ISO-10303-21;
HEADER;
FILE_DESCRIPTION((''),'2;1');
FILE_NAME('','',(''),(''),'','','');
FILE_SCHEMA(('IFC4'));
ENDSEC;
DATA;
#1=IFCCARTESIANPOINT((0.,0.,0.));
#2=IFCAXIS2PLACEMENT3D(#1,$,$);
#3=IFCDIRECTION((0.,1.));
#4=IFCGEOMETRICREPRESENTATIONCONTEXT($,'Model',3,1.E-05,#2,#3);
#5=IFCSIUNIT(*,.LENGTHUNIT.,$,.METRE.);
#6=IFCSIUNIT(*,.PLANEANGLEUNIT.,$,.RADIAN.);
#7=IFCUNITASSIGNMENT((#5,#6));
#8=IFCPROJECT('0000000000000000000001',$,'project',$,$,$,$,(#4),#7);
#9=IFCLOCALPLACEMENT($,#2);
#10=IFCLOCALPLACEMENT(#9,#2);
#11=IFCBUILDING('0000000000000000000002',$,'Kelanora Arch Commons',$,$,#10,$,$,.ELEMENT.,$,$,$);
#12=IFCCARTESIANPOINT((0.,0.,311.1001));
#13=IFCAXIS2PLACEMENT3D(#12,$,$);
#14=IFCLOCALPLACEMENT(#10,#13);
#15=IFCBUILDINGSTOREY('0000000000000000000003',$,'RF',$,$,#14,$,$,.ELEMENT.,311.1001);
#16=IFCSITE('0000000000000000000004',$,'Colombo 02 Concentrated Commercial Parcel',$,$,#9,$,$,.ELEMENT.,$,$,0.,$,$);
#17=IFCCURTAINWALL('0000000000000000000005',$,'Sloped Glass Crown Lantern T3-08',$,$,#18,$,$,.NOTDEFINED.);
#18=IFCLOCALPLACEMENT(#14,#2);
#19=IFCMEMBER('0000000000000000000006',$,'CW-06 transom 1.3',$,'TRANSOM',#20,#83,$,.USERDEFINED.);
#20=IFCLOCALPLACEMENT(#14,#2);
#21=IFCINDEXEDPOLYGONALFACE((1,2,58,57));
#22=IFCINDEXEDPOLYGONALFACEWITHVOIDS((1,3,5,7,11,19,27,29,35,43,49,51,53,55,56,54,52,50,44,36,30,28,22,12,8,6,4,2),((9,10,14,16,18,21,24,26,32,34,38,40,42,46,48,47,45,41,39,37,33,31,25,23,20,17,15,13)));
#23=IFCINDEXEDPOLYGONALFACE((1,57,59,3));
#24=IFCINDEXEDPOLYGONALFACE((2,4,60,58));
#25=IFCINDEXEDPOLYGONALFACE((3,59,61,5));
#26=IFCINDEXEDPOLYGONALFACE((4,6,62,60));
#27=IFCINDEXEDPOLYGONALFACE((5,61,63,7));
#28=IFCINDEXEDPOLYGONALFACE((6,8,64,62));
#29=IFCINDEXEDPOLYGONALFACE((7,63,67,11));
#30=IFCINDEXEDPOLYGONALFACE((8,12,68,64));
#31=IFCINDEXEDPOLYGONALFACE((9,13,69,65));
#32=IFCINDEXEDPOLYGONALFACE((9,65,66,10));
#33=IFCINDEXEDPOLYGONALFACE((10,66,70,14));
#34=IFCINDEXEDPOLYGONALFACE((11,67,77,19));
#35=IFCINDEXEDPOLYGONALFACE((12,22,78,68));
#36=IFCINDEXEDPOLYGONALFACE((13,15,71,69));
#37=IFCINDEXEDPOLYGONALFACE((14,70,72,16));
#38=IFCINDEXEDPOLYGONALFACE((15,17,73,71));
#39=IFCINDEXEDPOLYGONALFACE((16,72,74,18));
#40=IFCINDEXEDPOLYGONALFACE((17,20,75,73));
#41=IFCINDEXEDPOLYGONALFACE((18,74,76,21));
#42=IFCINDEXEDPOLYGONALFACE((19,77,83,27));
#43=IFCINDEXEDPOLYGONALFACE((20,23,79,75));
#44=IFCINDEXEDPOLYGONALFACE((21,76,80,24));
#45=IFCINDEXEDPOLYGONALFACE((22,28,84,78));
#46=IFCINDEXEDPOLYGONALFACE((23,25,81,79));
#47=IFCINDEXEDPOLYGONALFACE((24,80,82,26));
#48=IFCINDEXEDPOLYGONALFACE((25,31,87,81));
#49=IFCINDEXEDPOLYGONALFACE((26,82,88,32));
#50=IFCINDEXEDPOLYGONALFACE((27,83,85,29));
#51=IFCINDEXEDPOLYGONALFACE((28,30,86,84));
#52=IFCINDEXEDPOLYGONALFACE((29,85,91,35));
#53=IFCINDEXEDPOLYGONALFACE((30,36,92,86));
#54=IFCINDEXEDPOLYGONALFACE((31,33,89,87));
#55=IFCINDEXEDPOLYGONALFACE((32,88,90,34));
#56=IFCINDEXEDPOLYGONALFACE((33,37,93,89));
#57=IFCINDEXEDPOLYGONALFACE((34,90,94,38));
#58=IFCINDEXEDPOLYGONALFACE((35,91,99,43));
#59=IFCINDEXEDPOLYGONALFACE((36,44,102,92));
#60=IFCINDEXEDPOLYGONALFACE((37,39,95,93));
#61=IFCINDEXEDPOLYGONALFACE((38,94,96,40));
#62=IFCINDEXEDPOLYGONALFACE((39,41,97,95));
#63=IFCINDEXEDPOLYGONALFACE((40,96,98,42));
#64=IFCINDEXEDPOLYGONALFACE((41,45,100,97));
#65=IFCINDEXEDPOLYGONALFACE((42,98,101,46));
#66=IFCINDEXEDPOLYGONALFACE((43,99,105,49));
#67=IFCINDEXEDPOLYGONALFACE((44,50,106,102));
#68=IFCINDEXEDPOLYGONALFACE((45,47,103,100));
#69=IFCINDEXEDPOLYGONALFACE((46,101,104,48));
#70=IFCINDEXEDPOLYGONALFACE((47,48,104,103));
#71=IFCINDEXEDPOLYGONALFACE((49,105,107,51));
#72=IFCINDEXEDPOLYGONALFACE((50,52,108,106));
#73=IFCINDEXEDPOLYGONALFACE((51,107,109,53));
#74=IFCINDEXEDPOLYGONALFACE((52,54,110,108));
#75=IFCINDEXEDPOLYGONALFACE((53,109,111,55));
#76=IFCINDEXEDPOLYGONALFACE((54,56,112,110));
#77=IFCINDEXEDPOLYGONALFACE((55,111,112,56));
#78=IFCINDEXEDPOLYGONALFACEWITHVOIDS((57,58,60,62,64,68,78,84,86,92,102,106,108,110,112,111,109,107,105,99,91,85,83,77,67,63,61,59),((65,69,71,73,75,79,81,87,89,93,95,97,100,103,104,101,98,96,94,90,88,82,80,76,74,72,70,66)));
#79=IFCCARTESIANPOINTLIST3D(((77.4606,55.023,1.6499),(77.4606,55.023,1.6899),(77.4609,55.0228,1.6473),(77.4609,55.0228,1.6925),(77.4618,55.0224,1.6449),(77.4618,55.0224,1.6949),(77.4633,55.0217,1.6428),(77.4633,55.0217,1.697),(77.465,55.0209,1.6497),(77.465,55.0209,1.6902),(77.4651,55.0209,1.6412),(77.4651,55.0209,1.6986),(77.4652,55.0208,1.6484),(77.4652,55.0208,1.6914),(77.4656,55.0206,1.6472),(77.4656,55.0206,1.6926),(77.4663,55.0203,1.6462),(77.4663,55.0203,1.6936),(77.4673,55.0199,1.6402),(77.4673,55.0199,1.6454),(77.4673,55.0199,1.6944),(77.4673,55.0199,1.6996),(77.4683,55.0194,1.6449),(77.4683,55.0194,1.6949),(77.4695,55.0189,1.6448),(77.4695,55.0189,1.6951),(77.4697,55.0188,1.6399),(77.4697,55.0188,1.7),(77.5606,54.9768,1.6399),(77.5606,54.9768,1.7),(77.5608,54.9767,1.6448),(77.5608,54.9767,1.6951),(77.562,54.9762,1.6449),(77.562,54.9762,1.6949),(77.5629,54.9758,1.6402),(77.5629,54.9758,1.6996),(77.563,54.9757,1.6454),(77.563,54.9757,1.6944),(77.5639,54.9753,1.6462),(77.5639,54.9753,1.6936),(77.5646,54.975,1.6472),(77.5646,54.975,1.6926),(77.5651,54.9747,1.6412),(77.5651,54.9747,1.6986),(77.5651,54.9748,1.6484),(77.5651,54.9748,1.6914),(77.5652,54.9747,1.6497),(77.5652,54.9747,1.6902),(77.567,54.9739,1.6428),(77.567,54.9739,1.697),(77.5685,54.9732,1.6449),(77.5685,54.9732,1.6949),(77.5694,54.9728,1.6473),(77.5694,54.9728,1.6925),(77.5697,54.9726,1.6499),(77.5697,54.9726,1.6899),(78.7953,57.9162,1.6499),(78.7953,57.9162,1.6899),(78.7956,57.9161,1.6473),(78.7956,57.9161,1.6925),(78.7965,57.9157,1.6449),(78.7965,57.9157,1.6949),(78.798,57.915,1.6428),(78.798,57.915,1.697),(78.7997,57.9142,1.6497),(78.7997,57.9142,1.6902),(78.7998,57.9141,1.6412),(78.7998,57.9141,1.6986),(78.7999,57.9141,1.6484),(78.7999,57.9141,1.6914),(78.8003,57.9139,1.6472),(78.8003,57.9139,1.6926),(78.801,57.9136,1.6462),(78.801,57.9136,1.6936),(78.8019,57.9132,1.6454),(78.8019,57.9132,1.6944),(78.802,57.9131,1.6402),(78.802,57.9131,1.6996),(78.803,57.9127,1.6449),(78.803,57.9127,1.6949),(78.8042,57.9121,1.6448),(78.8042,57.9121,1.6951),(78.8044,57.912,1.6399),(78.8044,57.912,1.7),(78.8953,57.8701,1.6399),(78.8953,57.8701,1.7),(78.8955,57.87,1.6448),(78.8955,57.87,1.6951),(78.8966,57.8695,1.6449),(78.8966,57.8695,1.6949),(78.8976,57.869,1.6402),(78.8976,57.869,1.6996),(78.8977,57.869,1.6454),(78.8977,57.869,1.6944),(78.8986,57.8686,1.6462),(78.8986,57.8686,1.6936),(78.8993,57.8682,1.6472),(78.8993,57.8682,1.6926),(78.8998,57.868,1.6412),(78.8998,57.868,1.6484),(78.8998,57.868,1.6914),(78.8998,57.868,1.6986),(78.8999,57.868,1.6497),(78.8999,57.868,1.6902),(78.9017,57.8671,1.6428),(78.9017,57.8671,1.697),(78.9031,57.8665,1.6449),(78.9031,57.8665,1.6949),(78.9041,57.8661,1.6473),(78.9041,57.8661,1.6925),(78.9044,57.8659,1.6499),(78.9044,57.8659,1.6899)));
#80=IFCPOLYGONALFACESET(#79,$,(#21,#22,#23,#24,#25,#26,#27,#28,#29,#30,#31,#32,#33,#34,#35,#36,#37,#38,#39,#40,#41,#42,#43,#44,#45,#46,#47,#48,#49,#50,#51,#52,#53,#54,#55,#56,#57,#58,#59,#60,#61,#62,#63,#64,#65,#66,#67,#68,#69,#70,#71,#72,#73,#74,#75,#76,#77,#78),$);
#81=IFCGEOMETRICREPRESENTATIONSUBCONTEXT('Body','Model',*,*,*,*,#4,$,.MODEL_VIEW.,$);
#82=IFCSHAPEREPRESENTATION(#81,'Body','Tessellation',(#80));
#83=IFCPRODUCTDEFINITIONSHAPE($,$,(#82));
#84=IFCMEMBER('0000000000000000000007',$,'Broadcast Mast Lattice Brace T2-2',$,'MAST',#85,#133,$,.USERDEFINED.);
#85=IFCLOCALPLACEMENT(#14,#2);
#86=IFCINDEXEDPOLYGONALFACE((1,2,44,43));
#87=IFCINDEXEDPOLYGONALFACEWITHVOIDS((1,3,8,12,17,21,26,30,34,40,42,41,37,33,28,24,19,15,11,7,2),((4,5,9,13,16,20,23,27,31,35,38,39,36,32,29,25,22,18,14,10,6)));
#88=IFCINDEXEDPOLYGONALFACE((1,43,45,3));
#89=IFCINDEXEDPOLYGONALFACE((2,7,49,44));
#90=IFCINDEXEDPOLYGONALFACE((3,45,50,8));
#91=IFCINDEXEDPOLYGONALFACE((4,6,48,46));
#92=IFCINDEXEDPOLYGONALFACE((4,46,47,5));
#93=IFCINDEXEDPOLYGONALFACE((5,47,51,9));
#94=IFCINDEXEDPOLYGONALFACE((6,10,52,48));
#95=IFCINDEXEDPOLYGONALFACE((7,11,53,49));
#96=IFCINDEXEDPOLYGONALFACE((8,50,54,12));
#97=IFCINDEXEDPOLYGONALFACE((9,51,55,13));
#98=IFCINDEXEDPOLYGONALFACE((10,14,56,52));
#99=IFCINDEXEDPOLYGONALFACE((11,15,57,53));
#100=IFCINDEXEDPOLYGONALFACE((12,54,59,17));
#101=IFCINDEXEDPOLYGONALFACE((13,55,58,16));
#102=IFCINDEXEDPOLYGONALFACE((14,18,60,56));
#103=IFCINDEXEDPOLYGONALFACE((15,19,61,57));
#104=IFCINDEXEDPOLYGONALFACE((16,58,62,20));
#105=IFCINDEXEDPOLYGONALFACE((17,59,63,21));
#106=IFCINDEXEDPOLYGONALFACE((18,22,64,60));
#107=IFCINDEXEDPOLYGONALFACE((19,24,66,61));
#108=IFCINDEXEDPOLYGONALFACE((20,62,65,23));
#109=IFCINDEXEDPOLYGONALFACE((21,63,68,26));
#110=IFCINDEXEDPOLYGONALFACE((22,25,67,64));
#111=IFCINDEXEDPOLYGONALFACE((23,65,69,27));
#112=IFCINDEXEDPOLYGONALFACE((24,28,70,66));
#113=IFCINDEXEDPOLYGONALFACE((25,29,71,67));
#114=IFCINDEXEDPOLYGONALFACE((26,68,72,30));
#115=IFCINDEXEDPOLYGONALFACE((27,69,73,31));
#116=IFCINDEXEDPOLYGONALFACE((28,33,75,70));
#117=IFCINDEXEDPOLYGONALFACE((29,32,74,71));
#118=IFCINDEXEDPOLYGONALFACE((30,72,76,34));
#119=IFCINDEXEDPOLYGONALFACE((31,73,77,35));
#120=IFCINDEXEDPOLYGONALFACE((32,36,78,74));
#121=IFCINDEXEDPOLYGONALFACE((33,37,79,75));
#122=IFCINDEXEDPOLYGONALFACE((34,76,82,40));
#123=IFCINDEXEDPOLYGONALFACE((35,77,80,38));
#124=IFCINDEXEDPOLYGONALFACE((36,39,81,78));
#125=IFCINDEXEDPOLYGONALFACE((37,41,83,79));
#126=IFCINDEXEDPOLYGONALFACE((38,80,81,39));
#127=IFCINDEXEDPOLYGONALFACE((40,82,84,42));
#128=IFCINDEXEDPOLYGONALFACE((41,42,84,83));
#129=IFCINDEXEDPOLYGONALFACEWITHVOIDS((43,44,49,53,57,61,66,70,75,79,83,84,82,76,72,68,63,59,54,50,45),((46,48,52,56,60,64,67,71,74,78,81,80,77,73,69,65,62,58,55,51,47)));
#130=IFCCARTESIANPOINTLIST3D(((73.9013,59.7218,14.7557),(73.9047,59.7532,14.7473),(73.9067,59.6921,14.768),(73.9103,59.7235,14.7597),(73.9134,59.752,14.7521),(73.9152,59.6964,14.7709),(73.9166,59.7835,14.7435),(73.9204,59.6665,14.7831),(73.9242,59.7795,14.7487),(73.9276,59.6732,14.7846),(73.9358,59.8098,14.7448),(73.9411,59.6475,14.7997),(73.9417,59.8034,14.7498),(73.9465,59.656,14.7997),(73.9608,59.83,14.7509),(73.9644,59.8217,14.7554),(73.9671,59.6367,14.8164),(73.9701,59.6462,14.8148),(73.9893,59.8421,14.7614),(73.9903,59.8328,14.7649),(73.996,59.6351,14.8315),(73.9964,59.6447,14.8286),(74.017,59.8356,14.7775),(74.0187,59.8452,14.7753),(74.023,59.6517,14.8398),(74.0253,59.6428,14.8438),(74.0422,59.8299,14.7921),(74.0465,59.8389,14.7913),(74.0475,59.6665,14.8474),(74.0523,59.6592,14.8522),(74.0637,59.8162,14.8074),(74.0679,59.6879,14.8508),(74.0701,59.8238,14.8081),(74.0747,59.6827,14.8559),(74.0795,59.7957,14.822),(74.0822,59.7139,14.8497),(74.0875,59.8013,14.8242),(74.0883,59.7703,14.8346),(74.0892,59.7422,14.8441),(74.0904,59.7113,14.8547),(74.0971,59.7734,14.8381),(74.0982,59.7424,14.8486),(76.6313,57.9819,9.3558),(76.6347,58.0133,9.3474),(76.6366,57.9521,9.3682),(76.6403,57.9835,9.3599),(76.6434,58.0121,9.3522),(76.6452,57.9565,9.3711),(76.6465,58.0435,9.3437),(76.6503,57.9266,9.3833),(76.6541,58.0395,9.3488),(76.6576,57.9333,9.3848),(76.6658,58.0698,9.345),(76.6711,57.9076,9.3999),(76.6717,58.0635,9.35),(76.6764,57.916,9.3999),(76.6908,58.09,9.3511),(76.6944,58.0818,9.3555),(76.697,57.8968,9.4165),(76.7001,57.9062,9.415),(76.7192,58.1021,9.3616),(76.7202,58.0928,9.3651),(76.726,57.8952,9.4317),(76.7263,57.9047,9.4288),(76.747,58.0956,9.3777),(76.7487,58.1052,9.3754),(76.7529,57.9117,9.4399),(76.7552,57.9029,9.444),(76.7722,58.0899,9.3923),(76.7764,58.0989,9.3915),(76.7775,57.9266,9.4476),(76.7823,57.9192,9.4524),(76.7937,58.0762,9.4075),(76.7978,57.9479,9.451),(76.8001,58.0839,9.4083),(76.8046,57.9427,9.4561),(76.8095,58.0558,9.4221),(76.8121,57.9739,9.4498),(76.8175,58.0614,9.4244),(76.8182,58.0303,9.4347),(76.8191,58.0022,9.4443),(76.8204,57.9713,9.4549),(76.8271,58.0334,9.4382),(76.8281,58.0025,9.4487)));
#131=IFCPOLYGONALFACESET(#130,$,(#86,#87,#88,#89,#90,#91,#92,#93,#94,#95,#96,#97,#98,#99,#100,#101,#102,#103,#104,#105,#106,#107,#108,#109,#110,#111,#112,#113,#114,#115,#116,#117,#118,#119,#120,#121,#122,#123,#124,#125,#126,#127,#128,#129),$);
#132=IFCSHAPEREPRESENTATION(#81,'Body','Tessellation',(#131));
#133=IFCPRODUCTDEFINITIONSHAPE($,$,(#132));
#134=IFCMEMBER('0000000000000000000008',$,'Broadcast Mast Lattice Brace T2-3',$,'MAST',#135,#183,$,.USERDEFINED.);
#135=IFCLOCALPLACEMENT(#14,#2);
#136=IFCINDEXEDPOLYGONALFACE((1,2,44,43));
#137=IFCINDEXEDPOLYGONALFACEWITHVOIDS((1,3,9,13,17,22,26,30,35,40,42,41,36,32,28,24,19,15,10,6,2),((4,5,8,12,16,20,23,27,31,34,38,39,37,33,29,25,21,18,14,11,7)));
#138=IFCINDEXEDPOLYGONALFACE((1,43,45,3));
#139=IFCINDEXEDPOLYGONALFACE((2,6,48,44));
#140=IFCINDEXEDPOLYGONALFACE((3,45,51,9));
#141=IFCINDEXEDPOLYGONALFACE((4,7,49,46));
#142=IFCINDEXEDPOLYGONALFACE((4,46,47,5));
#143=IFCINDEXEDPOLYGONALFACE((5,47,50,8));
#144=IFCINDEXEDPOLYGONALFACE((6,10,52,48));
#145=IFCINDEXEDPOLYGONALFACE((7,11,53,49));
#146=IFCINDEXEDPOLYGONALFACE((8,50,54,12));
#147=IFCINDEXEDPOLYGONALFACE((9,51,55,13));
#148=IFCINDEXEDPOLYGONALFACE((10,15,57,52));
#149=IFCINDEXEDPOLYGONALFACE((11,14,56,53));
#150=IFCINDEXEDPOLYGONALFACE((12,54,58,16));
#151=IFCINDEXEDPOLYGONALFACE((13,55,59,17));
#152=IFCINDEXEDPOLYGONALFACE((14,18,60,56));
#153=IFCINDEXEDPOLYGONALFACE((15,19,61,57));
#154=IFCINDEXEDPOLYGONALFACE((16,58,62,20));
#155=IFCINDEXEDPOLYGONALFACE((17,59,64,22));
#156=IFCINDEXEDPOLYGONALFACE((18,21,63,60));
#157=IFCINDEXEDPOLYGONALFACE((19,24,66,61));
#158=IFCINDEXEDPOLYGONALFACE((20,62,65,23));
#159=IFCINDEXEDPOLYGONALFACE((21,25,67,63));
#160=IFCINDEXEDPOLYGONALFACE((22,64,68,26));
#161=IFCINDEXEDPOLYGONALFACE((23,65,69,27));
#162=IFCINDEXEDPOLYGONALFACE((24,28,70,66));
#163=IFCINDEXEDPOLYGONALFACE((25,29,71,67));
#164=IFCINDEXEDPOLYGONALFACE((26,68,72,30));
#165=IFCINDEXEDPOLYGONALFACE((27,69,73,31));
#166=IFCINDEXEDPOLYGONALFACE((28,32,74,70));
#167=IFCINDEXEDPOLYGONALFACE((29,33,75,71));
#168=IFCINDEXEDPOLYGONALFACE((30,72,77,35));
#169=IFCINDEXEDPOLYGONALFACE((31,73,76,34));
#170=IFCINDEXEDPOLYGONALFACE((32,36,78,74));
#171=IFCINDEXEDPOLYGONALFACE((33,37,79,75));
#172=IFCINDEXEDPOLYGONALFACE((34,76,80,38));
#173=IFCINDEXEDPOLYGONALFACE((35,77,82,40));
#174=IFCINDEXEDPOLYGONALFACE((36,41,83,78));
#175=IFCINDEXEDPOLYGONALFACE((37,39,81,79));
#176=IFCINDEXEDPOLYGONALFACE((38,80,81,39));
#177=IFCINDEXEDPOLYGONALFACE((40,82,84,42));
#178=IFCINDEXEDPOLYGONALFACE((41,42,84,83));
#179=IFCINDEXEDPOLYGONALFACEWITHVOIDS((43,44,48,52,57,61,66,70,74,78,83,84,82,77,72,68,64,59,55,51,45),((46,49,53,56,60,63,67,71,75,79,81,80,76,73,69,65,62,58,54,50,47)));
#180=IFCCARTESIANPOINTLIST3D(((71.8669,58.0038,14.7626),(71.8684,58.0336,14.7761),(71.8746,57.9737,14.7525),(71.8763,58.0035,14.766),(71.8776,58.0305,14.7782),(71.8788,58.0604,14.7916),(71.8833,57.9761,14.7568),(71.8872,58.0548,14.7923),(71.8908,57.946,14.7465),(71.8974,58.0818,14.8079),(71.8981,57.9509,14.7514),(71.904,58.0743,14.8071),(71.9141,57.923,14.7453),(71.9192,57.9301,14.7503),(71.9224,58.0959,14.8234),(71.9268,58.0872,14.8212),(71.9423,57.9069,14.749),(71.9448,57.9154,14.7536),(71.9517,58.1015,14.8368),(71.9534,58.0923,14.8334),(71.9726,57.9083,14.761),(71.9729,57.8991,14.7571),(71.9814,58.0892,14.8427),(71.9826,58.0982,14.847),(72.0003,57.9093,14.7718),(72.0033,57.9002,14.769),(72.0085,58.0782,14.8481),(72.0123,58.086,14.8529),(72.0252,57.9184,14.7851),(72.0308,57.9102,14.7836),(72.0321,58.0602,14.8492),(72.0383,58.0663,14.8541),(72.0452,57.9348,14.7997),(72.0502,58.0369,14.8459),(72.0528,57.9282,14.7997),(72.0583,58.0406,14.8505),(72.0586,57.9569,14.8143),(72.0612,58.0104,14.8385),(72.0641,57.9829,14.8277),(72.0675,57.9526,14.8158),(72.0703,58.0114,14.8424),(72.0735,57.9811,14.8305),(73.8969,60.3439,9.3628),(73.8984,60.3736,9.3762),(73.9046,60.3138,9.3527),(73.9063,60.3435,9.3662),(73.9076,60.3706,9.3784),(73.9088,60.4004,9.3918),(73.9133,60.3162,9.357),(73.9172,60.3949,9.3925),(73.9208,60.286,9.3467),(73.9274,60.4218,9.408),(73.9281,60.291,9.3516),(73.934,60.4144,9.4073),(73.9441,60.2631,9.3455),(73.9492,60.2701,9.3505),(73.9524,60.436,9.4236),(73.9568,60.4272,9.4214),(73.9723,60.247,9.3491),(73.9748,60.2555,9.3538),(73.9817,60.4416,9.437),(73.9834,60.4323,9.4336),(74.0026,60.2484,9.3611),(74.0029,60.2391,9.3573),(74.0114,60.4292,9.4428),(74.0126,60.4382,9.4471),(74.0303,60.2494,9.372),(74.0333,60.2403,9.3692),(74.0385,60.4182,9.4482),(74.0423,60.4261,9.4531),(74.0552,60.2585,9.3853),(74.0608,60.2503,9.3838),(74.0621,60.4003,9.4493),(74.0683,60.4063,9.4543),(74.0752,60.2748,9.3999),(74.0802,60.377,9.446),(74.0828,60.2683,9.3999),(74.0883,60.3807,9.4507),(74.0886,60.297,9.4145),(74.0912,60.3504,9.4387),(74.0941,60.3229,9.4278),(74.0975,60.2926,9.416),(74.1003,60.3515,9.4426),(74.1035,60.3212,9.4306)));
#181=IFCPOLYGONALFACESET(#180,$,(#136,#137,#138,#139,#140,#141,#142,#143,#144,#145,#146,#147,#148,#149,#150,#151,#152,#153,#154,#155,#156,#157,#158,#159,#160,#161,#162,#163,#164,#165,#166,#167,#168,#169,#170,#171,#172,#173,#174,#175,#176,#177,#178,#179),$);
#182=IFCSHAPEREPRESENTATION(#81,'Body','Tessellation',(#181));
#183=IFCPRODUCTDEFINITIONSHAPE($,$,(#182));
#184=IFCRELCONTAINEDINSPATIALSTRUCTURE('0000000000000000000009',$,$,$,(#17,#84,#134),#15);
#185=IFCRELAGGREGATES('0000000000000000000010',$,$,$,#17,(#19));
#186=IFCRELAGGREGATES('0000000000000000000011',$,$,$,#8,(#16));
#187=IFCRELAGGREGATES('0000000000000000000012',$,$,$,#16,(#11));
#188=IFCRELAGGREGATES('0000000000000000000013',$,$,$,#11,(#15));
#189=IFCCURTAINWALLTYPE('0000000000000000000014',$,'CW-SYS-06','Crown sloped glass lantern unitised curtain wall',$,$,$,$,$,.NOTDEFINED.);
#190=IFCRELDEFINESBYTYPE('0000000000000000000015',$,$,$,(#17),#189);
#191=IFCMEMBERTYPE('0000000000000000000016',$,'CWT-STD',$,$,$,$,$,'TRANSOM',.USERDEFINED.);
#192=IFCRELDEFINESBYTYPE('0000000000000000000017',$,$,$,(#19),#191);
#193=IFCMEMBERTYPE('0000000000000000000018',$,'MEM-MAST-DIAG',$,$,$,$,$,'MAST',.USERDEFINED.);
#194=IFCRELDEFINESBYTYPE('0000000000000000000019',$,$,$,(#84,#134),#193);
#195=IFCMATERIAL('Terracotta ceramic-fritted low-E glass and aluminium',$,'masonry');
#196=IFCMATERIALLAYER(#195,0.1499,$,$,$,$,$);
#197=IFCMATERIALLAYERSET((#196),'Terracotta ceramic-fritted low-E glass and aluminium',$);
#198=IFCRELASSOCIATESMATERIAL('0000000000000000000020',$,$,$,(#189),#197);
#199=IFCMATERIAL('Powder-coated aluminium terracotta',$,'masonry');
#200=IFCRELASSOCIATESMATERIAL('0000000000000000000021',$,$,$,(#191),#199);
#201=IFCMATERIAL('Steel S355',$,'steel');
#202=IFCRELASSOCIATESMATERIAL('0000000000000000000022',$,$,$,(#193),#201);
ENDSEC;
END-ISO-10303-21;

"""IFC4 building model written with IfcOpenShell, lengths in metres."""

from ifc_helpers import new_model, si_unit, direction, frame, origin, origin_2d, place, context, subcontext, project, spatial, hollow_rectangle, hollow_circle, extrude, material, layer, layer_set, material_profile, profile_set, type_object, element, aggregate, save


model = new_model("IFC4")

# Units and contexts
model_context = context("Model", 3, precision=1e-05, world=origin(), true_north=direction((0.0, 1.0)))
body_context = subcontext(model_context, "Body", "Model", "MODEL_VIEW")
ifc_project = project(units=[si_unit("LENGTHUNIT", "METRE"), si_unit("PLANEANGLEUNIT", "RADIAN")], contexts=[model_context])

# Site, building, storey
site_placement = place(None, origin())
site = spatial("IfcSite", under=ifc_project, at=site_placement, Name="Colombo 02 Concentrated Commercial Parcel", CompositionType="ELEMENT", RefElevation=0.0)
building_placement = place(site_placement, origin())
building = spatial("IfcBuilding", under=site, at=building_placement, Name="Kelanora Arch Commons", CompositionType="ELEMENT")
storey_placement = place(building_placement, frame((0.0, 0.0, 311.1001)))
storey = spatial("IfcBuildingStorey", under=building, at=storey_placement, Name="RF", CompositionType="ELEMENT", Elevation=311.1001)

# Shared definitions
ifc_material_1 = material(Name="Terracotta ceramic-fritted low-E glass and aluminium", Category="masonry")
ifc_layer_1 = layer(ifc_material_1, 0.1499)
ifc_layer_set_1 = layer_set([ifc_layer_1], Name="Terracotta ceramic-fritted low-E glass and aluminium")
curtain_wall_type = type_object("IfcCurtainWallType", Name="CW-SYS-06", Description="Crown sloped glass lantern unitised curtain wall", PredefinedType="NOTDEFINED", material=ifc_layer_set_1)
ifc_material_2 = material(Name="Powder-coated aluminium terracotta", Category="masonry")
ifc_material_profile_1 = material_profile(ifc_material_2, hollow_rectangle(XDim=0.1201, YDim=0.0601, WallThickness=0.0049, InnerFilletRadius=0.0049, OuterFilletRadius=0.01, at=origin_2d()), Name="CWT120x60")
ifc_profile_set_1 = profile_set([ifc_material_profile_1], Name="Powder-coated aluminium terracotta")
member_type_1 = type_object("IfcMemberType", Name="CWT-STD", ElementType="TRANSOM", PredefinedType="USERDEFINED", material=ifc_profile_set_1)

# Curtain wall, member
curtain_wall_1_placement = place(storey_placement, origin())
curtain_wall_1 = element("IfcCurtainWall", 1, at=curtain_wall_1_placement, inside=storey, type_object=curtain_wall_type, Name="Sloped Glass Crown Lantern T3-08", PredefinedType="NOTDEFINED")
member_1_placement = place(storey_placement, frame((77.5151, 54.9978, 1.6699), z_axis=(0.418888, 0.908038, 0.0), x_axis=(-0.908038, 0.418888, 0.0)))
member_1 = element("IfcMember", 2, at=member_1_placement, type_object=member_type_1, Name="CW-06 transom 1.3", ObjectType="TRANSOM", PredefinedType="USERDEFINED", context=body_context, shape_type="SweptSolid", body=[
    extrude(hollow_rectangle(XDim=0.1201, YDim=0.0601, WallThickness=0.0049, InnerFilletRadius=0.0049, OuterFilletRadius=0.01, at=origin_2d()), origin(), (0.0, 0.0, 1.0), 3.1863),
])

# Members
ifc_material_3 = material(Name="Steel S355", Category="steel")
ifc_material_profile_2 = material_profile(ifc_material_3, hollow_circle(Radius=0.1096, WallThickness=0.01, at=origin_2d()), Name="CHS219.1x10")
ifc_profile_set_2 = profile_set([ifc_material_profile_2], Name="Steel S355")
member_type_2 = type_object("IfcMemberType", Name="MEM-MAST-DIAG", ElementType="MAST", PredefinedType="USERDEFINED", material=ifc_profile_set_2)
member_2_placement = place(storey_placement, frame((76.73, 58.0, 9.3999), z_axis=(-0.433607, 0.276365, 0.857675), x_axis=(-0.537476, -0.843279, 0.0)))
element("IfcMember", 3, at=member_2_placement, inside=storey, type_object=member_type_2, Name="Broadcast Mast Lattice Brace T2-2", ObjectType="MAST", PredefinedType="USERDEFINED", context=body_context, shape_type="SweptSolid", body=[
    extrude(hollow_circle(Radius=0.1096, WallThickness=0.01, at=origin_2d()), origin(), (0.0, 0.0, 1.0), 6.2959),
])
member_3_placement = place(storey_placement, frame((74.0, 60.3401, 9.3999), z_axis=(-0.326087, -0.375892, 0.867394), x_axis=(0.755377, -0.655291, 0.0)))
element("IfcMember", 4, at=member_3_placement, inside=storey, type_object=member_type_2, Name="Broadcast Mast Lattice Brace T2-3", ObjectType="MAST", PredefinedType="USERDEFINED", context=body_context, shape_type="SweptSolid", body=[
    extrude(hollow_circle(Radius=0.1096, WallThickness=0.01, at=origin_2d()), origin(), (0.0, 0.0, 1.0), 6.2253),
])

aggregate(curtain_wall_1, [member_1])

save(model, "model.ifc")
